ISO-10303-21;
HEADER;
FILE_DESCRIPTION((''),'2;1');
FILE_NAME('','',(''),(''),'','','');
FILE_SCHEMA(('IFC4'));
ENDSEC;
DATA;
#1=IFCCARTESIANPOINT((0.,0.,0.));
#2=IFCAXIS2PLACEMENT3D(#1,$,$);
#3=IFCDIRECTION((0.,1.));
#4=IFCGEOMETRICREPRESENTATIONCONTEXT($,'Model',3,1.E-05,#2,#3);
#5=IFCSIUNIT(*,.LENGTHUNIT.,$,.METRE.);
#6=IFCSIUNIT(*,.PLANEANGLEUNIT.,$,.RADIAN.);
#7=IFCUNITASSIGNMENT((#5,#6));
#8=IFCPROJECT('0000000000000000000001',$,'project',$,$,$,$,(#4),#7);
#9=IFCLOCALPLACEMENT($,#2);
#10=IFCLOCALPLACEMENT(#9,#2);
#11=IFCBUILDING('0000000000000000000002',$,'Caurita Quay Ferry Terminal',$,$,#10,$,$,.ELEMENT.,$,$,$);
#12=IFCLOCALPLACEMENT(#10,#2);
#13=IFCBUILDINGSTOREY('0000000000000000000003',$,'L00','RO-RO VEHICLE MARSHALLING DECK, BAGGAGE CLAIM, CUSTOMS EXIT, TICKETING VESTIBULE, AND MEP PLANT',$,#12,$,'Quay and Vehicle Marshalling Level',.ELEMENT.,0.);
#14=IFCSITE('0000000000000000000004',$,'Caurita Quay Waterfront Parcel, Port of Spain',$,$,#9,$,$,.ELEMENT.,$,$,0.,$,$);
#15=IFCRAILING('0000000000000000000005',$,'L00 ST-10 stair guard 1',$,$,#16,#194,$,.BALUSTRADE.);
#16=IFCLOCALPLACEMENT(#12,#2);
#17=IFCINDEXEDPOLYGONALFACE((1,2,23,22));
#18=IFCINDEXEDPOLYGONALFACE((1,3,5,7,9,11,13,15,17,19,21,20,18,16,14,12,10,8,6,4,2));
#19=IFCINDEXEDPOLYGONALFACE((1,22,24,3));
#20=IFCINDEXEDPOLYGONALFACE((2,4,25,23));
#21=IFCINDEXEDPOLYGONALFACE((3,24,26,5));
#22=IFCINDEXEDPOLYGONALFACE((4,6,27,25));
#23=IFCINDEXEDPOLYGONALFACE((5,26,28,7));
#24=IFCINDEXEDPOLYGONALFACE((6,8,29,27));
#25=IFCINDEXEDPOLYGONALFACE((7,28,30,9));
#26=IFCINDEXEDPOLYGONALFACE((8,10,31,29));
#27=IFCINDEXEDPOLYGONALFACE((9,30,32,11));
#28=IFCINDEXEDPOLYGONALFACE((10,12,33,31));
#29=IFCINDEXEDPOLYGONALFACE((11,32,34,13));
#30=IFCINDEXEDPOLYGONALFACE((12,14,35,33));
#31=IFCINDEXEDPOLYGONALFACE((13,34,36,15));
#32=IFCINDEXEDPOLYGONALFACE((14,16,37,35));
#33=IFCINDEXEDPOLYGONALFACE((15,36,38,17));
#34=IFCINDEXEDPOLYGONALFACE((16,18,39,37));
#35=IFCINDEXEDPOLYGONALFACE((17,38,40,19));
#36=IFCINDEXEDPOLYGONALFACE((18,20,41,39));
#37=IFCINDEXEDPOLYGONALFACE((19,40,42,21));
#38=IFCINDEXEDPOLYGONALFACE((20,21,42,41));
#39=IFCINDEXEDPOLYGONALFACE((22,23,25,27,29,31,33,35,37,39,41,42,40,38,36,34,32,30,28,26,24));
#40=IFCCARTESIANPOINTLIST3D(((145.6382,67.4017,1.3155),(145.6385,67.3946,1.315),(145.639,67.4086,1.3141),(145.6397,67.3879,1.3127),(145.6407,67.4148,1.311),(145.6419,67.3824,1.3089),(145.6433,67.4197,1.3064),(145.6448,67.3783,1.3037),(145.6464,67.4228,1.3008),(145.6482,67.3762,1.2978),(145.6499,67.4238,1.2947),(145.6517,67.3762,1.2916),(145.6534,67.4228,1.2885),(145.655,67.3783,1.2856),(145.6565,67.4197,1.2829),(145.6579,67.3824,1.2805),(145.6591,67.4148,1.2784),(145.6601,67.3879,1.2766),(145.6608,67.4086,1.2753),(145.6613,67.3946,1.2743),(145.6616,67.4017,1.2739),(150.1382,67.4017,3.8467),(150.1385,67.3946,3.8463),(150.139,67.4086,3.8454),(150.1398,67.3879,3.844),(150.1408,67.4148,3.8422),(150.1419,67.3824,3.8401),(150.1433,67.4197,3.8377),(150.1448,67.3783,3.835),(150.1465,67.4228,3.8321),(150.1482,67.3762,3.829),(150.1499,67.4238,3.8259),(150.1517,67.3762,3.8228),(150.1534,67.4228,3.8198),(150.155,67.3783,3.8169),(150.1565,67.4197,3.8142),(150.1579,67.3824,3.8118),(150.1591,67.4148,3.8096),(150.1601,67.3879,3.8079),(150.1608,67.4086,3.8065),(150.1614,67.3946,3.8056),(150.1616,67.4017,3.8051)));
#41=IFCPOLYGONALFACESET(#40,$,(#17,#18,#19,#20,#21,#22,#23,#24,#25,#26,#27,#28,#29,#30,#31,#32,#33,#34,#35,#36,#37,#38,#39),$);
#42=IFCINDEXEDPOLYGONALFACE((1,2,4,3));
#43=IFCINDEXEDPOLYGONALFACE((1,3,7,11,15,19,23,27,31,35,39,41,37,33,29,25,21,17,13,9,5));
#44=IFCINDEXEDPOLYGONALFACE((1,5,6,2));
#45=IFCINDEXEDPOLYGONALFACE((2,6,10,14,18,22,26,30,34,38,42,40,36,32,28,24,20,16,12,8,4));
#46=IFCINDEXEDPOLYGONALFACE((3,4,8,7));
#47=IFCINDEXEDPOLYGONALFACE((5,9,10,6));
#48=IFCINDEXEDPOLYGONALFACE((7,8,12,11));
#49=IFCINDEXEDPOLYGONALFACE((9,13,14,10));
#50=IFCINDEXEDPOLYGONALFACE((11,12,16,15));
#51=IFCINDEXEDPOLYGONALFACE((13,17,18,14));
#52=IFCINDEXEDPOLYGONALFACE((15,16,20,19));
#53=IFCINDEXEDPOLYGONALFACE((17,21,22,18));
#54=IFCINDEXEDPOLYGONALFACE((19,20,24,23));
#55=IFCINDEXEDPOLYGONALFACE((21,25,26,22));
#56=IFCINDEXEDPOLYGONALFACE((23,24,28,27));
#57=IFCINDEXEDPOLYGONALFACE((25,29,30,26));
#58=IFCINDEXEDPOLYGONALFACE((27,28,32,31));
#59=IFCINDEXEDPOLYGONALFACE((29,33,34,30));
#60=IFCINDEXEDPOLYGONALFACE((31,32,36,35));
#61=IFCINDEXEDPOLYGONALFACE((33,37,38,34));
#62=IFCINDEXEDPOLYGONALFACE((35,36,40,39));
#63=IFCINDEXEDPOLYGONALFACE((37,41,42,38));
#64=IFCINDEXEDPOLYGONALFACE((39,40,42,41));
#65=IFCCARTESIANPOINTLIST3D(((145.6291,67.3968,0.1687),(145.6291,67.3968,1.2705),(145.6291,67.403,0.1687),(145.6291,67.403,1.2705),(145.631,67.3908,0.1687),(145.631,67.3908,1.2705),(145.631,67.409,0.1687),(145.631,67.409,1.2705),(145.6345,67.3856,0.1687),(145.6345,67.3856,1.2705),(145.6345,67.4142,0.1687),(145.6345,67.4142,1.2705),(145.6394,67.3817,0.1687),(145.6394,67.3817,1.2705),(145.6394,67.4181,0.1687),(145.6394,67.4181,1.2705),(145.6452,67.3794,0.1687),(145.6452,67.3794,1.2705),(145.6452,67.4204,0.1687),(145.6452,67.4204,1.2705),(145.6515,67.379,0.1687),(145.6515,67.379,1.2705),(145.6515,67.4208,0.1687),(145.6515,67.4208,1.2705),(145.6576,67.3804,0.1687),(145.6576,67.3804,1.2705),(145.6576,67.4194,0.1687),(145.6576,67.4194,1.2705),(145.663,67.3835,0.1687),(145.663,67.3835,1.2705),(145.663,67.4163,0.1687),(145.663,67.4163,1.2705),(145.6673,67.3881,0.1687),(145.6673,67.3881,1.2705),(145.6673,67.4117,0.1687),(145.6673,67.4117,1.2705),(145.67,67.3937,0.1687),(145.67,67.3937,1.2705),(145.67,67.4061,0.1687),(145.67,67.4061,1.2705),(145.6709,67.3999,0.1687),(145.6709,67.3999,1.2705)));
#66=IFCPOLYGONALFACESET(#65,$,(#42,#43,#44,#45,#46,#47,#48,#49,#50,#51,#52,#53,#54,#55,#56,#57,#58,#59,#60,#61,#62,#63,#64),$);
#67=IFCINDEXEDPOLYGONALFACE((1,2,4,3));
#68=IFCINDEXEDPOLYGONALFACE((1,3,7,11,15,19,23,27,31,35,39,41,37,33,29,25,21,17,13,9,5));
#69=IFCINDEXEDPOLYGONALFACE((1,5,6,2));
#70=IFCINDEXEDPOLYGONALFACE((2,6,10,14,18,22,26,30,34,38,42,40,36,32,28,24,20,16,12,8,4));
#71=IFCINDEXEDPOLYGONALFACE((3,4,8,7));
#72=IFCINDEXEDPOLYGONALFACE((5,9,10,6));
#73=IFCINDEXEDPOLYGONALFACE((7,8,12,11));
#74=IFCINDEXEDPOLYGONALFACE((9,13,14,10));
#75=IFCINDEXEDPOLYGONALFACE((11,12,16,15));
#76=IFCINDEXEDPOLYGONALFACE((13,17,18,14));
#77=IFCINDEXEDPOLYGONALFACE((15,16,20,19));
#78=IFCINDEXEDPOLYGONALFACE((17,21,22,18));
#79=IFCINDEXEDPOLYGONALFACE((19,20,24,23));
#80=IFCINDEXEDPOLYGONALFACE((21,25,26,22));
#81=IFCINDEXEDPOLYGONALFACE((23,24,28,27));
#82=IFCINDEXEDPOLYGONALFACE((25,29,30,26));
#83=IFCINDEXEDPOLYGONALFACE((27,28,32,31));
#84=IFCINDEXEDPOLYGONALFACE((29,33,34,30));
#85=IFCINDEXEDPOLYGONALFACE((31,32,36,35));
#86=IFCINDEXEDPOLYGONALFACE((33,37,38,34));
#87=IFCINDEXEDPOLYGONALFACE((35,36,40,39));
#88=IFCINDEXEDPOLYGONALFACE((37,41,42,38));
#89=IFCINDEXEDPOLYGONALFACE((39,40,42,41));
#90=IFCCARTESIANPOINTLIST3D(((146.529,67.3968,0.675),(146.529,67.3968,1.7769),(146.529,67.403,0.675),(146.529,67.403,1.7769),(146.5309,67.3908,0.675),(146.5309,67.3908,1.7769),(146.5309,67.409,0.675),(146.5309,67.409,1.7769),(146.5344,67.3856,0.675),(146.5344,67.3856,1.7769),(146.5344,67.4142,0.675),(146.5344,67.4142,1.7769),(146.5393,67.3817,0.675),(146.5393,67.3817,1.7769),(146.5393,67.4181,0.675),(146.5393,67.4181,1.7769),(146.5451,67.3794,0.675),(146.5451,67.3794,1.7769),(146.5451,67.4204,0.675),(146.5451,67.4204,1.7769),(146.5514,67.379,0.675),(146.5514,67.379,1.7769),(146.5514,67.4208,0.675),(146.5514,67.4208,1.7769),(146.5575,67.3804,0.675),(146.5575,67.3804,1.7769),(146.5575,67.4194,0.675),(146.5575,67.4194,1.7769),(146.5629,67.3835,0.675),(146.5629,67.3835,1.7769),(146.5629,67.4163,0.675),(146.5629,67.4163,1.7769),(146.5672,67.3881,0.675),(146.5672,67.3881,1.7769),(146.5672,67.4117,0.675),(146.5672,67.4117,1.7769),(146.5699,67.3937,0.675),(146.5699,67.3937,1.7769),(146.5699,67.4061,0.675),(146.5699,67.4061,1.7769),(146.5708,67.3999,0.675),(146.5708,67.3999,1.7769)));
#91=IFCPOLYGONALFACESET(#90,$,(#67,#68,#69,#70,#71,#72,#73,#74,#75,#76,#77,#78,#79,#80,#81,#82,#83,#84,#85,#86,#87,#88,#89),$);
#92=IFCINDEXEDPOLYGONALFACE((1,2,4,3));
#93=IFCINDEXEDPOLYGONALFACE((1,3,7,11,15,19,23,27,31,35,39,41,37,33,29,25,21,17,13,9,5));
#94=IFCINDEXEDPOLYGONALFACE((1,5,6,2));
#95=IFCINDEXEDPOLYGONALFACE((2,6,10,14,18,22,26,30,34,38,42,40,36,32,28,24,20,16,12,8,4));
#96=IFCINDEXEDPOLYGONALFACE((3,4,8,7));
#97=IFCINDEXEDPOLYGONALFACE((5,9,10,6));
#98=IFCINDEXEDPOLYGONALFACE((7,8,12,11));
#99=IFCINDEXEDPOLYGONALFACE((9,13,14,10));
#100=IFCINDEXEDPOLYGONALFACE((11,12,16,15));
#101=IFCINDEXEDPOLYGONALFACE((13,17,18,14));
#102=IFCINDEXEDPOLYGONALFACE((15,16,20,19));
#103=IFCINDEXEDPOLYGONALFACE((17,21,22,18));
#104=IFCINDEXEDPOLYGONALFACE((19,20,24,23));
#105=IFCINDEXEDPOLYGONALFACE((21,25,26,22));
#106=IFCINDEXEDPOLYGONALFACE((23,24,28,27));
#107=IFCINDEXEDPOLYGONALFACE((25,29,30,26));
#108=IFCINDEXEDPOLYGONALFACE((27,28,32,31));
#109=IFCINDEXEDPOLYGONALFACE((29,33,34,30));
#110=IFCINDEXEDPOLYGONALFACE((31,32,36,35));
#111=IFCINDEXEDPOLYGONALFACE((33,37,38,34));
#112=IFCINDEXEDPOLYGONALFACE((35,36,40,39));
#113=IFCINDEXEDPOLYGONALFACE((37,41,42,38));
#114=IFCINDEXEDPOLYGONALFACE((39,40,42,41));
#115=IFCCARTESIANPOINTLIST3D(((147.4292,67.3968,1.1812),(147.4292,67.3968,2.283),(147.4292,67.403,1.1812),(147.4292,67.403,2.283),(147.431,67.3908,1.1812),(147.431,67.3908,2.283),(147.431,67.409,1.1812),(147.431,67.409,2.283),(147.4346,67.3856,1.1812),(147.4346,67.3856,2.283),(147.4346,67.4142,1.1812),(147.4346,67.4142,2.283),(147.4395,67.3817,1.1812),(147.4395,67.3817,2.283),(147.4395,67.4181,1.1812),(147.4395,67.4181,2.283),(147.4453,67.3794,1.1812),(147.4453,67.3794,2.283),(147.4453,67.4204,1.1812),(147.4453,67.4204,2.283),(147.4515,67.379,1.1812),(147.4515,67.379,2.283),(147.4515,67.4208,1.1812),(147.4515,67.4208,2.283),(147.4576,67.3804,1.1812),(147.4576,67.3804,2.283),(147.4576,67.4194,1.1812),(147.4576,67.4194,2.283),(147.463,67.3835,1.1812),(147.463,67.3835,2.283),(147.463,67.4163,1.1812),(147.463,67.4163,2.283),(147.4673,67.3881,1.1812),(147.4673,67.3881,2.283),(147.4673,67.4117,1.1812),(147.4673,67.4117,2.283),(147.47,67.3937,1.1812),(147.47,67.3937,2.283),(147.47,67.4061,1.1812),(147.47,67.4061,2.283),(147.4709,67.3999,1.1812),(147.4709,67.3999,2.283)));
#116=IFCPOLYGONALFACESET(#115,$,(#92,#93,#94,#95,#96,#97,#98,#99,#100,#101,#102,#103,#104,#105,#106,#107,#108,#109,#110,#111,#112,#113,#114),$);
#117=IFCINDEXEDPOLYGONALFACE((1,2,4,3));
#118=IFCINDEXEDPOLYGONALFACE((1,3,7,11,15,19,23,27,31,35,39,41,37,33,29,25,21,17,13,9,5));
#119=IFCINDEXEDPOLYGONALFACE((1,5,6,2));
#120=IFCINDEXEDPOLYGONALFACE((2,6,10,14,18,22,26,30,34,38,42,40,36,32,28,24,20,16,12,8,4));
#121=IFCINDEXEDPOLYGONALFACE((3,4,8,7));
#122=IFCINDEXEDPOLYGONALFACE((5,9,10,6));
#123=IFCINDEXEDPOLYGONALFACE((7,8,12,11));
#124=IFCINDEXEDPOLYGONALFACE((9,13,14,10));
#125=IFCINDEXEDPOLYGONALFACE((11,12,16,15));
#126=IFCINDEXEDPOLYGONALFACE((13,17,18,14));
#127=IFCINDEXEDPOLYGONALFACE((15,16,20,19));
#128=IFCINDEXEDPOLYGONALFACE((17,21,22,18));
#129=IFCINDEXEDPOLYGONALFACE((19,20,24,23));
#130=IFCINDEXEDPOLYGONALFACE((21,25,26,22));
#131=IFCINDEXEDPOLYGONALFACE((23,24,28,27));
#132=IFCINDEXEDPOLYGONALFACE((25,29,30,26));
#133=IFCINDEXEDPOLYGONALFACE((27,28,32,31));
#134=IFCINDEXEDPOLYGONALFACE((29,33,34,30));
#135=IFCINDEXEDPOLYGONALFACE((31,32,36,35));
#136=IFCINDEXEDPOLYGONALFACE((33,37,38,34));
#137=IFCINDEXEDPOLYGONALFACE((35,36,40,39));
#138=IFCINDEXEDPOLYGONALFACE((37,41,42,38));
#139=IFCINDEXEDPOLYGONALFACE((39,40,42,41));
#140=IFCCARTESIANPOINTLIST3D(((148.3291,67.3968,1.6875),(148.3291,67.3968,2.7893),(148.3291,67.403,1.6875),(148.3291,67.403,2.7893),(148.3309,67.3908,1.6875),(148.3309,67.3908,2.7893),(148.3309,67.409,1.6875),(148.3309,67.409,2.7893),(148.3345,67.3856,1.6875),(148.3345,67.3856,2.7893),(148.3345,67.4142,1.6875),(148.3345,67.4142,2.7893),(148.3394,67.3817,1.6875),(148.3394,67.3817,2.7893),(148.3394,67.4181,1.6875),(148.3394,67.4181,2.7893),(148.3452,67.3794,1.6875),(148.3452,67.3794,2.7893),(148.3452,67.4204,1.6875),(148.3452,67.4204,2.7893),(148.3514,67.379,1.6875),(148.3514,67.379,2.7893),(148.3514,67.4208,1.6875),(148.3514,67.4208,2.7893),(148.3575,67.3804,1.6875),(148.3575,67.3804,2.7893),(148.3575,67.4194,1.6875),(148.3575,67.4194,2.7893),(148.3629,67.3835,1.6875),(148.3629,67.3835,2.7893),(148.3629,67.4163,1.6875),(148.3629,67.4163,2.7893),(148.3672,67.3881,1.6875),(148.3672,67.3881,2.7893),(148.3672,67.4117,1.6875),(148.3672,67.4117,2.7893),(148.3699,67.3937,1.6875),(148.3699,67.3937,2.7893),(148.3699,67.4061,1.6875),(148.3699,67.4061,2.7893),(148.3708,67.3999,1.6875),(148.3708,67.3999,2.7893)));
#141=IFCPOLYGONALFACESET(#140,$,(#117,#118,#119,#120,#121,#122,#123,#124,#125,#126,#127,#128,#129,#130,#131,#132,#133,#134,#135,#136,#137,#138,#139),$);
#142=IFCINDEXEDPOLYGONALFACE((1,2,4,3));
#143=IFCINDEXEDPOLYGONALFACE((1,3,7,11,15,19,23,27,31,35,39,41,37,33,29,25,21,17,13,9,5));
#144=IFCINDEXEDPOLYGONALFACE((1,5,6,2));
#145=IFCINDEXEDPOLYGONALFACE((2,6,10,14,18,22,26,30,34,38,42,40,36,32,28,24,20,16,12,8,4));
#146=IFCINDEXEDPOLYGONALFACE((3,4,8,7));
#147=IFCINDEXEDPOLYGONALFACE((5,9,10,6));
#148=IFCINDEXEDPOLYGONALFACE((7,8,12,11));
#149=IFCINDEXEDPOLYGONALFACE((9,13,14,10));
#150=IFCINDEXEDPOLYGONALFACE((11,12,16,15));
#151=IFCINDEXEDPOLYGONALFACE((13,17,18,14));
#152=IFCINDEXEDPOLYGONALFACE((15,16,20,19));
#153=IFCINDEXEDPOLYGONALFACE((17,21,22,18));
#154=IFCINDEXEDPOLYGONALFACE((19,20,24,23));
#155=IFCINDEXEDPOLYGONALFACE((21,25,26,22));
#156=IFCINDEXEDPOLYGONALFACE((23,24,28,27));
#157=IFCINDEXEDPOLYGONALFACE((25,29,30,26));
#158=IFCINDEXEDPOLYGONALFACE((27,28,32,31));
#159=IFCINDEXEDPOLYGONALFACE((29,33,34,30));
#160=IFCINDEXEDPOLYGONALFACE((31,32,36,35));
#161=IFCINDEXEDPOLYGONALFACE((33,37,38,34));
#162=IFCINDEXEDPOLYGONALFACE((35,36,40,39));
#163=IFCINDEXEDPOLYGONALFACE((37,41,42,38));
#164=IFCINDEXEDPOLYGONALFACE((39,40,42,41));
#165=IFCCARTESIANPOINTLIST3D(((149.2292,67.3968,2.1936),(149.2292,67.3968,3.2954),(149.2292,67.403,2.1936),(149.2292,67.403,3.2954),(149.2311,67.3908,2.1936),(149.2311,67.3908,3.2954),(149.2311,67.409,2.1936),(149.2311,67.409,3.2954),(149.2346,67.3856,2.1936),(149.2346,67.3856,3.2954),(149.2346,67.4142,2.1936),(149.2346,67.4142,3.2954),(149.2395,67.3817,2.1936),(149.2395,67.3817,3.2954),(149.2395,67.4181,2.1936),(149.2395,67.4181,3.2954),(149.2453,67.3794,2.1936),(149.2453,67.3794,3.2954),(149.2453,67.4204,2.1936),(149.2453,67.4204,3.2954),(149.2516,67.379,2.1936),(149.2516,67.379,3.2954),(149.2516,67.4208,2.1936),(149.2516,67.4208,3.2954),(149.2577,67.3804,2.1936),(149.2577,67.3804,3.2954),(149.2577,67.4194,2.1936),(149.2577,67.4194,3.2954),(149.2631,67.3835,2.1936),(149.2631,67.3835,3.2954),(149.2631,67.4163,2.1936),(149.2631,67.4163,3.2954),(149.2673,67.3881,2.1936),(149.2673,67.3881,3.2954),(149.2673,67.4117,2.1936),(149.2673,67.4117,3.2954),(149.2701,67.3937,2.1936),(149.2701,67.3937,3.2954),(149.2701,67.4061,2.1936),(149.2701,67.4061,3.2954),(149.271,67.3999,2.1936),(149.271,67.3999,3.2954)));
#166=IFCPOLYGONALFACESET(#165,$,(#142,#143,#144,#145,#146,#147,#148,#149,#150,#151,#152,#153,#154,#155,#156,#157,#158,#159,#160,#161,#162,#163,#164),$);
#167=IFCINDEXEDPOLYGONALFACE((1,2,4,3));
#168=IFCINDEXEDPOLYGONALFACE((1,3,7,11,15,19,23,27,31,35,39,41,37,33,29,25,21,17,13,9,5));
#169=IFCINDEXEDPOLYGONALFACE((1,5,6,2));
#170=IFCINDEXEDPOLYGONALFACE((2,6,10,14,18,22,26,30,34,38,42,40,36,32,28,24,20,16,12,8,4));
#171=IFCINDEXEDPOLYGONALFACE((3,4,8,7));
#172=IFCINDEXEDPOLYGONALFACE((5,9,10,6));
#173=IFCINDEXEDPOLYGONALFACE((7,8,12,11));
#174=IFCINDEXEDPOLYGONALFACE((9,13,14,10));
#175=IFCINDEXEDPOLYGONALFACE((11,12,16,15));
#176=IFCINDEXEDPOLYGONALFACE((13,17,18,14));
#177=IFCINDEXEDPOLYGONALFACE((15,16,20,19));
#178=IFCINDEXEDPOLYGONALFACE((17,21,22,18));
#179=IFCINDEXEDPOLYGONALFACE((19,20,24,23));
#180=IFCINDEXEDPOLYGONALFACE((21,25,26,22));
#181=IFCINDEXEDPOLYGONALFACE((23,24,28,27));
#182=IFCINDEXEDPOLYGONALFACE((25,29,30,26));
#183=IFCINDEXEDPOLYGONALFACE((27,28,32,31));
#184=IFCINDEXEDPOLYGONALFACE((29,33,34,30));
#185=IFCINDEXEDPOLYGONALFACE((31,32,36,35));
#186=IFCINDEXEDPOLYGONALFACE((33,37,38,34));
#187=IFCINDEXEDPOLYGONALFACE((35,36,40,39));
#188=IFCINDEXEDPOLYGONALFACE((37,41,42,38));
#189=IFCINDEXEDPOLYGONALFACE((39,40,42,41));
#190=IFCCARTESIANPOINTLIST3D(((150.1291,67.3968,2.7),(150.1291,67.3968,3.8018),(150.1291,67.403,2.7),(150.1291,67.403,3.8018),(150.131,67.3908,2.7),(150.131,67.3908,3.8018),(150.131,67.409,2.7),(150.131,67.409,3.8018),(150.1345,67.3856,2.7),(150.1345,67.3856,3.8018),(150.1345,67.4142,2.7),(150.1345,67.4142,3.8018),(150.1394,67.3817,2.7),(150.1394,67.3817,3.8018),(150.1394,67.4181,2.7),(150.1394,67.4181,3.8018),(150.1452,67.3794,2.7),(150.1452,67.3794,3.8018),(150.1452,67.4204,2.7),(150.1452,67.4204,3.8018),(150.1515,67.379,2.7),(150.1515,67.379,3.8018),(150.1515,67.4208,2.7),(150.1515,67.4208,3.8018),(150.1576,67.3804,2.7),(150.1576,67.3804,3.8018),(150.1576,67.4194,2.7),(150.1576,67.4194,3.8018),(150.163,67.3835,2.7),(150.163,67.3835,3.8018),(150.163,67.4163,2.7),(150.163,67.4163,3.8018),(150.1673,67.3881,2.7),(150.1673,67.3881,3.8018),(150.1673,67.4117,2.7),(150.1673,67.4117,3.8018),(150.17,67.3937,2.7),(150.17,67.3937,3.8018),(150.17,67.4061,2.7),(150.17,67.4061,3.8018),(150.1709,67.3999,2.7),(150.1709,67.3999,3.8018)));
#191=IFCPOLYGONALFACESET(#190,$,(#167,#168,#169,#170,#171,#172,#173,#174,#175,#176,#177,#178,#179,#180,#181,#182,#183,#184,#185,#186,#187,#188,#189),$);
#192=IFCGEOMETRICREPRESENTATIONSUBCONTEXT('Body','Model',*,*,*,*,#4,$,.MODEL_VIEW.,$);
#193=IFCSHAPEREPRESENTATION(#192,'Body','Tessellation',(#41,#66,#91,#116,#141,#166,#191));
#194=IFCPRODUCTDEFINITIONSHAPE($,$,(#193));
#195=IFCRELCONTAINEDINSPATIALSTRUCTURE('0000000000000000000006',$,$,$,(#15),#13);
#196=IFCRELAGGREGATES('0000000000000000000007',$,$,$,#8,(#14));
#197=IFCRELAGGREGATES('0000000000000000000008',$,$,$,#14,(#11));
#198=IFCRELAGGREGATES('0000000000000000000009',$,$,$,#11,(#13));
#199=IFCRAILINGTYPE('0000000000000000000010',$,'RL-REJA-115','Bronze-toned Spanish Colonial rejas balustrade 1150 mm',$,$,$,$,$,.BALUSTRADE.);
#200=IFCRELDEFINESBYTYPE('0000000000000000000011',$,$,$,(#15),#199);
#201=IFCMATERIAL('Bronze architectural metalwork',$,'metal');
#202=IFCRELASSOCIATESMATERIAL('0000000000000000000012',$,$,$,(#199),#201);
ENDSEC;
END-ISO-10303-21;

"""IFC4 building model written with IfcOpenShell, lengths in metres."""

from ifc_helpers import new_model, si_unit, direction, frame, origin, origin_2d, place, context, subcontext, project, spatial, circle, extrude, material, type_object, element, save


model = new_model("IFC4")

# Units and contexts
model_context = context("Model", 3, precision=1e-05, world=origin(), true_north=direction((0.0, 1.0)))
body_context = subcontext(model_context, "Body", "Model", "MODEL_VIEW")
ifc_project = project(units=[si_unit("LENGTHUNIT", "METRE"), si_unit("PLANEANGLEUNIT", "RADIAN")], contexts=[model_context])

# Site, building, storey
site_placement = place(None, origin())
site = spatial("IfcSite", under=ifc_project, at=site_placement, Name="Caurita Quay Waterfront Parcel, Port of Spain", CompositionType="ELEMENT", RefElevation=0.0)
building_placement = place(site_placement, origin())
building = spatial("IfcBuilding", under=site, at=building_placement, Name="Caurita Quay Ferry Terminal", CompositionType="ELEMENT")
storey_placement = place(building_placement, origin())
storey = spatial("IfcBuildingStorey", under=building, at=storey_placement, Name="L00", Description="RO-RO VEHICLE MARSHALLING DECK, BAGGAGE CLAIM, CUSTOMS EXIT, TICKETING VESTIBULE, AND MEP PLANT", LongName="Quay and Vehicle Marshalling Level", CompositionType="ELEMENT", Elevation=0.0)

# Railing
ifc_material_1 = material(Name="Bronze architectural metalwork", Category="metal")
railing_type_1 = type_object("IfcRailingType", Name="RL-REJA-115", Description="Bronze-toned Spanish Colonial rejas balustrade 1150 mm", PredefinedType="BALUSTRADE", material=ifc_material_1)
railing_1_placement = place(storey_placement, frame((145.6499, 67.3999, 0.1687)))
element("IfcRailing", 1, at=railing_1_placement, inside=storey, type_object=railing_type_1, Name="L00 ST-10 stair guard 1", PredefinedType="BALUSTRADE", context=body_context, shape_type="SweptSolid", body=[
    extrude(circle(Radius=0.0239, at=origin_2d()), frame((0.0, 0.0, 1.126), z_axis=(0.871576, 0.0, 0.490261), x_axis=(0.0, 1.0, 0.0)), (0.0, 0.0, 1.0), 5.1631),
    extrude(circle(Radius=0.021, at=origin_2d()), origin(), (0.0, 0.0, 1.0), 1.1018),
    extrude(circle(Radius=0.021, at=origin_2d()), frame((0.8999, 0.0, 0.5063)), (0.0, 0.0, 1.0), 1.1018),
    extrude(circle(Radius=0.021, at=origin_2d()), frame((1.8, 0.0, 1.0125)), (0.0, 0.0, 1.0), 1.1018),
    extrude(circle(Radius=0.021, at=origin_2d()), frame((2.7, 0.0, 1.5188)), (0.0, 0.0, 1.0), 1.1018),
    extrude(circle(Radius=0.021, at=origin_2d()), frame((3.6001, 0.0, 2.0249)), (0.0, 0.0, 1.0), 1.1018),
    extrude(circle(Radius=0.021, at=origin_2d()), frame((4.5, 0.0, 2.5312)), (0.0, 0.0, 1.0), 1.1018),
])

save(model, "model.ifc")
